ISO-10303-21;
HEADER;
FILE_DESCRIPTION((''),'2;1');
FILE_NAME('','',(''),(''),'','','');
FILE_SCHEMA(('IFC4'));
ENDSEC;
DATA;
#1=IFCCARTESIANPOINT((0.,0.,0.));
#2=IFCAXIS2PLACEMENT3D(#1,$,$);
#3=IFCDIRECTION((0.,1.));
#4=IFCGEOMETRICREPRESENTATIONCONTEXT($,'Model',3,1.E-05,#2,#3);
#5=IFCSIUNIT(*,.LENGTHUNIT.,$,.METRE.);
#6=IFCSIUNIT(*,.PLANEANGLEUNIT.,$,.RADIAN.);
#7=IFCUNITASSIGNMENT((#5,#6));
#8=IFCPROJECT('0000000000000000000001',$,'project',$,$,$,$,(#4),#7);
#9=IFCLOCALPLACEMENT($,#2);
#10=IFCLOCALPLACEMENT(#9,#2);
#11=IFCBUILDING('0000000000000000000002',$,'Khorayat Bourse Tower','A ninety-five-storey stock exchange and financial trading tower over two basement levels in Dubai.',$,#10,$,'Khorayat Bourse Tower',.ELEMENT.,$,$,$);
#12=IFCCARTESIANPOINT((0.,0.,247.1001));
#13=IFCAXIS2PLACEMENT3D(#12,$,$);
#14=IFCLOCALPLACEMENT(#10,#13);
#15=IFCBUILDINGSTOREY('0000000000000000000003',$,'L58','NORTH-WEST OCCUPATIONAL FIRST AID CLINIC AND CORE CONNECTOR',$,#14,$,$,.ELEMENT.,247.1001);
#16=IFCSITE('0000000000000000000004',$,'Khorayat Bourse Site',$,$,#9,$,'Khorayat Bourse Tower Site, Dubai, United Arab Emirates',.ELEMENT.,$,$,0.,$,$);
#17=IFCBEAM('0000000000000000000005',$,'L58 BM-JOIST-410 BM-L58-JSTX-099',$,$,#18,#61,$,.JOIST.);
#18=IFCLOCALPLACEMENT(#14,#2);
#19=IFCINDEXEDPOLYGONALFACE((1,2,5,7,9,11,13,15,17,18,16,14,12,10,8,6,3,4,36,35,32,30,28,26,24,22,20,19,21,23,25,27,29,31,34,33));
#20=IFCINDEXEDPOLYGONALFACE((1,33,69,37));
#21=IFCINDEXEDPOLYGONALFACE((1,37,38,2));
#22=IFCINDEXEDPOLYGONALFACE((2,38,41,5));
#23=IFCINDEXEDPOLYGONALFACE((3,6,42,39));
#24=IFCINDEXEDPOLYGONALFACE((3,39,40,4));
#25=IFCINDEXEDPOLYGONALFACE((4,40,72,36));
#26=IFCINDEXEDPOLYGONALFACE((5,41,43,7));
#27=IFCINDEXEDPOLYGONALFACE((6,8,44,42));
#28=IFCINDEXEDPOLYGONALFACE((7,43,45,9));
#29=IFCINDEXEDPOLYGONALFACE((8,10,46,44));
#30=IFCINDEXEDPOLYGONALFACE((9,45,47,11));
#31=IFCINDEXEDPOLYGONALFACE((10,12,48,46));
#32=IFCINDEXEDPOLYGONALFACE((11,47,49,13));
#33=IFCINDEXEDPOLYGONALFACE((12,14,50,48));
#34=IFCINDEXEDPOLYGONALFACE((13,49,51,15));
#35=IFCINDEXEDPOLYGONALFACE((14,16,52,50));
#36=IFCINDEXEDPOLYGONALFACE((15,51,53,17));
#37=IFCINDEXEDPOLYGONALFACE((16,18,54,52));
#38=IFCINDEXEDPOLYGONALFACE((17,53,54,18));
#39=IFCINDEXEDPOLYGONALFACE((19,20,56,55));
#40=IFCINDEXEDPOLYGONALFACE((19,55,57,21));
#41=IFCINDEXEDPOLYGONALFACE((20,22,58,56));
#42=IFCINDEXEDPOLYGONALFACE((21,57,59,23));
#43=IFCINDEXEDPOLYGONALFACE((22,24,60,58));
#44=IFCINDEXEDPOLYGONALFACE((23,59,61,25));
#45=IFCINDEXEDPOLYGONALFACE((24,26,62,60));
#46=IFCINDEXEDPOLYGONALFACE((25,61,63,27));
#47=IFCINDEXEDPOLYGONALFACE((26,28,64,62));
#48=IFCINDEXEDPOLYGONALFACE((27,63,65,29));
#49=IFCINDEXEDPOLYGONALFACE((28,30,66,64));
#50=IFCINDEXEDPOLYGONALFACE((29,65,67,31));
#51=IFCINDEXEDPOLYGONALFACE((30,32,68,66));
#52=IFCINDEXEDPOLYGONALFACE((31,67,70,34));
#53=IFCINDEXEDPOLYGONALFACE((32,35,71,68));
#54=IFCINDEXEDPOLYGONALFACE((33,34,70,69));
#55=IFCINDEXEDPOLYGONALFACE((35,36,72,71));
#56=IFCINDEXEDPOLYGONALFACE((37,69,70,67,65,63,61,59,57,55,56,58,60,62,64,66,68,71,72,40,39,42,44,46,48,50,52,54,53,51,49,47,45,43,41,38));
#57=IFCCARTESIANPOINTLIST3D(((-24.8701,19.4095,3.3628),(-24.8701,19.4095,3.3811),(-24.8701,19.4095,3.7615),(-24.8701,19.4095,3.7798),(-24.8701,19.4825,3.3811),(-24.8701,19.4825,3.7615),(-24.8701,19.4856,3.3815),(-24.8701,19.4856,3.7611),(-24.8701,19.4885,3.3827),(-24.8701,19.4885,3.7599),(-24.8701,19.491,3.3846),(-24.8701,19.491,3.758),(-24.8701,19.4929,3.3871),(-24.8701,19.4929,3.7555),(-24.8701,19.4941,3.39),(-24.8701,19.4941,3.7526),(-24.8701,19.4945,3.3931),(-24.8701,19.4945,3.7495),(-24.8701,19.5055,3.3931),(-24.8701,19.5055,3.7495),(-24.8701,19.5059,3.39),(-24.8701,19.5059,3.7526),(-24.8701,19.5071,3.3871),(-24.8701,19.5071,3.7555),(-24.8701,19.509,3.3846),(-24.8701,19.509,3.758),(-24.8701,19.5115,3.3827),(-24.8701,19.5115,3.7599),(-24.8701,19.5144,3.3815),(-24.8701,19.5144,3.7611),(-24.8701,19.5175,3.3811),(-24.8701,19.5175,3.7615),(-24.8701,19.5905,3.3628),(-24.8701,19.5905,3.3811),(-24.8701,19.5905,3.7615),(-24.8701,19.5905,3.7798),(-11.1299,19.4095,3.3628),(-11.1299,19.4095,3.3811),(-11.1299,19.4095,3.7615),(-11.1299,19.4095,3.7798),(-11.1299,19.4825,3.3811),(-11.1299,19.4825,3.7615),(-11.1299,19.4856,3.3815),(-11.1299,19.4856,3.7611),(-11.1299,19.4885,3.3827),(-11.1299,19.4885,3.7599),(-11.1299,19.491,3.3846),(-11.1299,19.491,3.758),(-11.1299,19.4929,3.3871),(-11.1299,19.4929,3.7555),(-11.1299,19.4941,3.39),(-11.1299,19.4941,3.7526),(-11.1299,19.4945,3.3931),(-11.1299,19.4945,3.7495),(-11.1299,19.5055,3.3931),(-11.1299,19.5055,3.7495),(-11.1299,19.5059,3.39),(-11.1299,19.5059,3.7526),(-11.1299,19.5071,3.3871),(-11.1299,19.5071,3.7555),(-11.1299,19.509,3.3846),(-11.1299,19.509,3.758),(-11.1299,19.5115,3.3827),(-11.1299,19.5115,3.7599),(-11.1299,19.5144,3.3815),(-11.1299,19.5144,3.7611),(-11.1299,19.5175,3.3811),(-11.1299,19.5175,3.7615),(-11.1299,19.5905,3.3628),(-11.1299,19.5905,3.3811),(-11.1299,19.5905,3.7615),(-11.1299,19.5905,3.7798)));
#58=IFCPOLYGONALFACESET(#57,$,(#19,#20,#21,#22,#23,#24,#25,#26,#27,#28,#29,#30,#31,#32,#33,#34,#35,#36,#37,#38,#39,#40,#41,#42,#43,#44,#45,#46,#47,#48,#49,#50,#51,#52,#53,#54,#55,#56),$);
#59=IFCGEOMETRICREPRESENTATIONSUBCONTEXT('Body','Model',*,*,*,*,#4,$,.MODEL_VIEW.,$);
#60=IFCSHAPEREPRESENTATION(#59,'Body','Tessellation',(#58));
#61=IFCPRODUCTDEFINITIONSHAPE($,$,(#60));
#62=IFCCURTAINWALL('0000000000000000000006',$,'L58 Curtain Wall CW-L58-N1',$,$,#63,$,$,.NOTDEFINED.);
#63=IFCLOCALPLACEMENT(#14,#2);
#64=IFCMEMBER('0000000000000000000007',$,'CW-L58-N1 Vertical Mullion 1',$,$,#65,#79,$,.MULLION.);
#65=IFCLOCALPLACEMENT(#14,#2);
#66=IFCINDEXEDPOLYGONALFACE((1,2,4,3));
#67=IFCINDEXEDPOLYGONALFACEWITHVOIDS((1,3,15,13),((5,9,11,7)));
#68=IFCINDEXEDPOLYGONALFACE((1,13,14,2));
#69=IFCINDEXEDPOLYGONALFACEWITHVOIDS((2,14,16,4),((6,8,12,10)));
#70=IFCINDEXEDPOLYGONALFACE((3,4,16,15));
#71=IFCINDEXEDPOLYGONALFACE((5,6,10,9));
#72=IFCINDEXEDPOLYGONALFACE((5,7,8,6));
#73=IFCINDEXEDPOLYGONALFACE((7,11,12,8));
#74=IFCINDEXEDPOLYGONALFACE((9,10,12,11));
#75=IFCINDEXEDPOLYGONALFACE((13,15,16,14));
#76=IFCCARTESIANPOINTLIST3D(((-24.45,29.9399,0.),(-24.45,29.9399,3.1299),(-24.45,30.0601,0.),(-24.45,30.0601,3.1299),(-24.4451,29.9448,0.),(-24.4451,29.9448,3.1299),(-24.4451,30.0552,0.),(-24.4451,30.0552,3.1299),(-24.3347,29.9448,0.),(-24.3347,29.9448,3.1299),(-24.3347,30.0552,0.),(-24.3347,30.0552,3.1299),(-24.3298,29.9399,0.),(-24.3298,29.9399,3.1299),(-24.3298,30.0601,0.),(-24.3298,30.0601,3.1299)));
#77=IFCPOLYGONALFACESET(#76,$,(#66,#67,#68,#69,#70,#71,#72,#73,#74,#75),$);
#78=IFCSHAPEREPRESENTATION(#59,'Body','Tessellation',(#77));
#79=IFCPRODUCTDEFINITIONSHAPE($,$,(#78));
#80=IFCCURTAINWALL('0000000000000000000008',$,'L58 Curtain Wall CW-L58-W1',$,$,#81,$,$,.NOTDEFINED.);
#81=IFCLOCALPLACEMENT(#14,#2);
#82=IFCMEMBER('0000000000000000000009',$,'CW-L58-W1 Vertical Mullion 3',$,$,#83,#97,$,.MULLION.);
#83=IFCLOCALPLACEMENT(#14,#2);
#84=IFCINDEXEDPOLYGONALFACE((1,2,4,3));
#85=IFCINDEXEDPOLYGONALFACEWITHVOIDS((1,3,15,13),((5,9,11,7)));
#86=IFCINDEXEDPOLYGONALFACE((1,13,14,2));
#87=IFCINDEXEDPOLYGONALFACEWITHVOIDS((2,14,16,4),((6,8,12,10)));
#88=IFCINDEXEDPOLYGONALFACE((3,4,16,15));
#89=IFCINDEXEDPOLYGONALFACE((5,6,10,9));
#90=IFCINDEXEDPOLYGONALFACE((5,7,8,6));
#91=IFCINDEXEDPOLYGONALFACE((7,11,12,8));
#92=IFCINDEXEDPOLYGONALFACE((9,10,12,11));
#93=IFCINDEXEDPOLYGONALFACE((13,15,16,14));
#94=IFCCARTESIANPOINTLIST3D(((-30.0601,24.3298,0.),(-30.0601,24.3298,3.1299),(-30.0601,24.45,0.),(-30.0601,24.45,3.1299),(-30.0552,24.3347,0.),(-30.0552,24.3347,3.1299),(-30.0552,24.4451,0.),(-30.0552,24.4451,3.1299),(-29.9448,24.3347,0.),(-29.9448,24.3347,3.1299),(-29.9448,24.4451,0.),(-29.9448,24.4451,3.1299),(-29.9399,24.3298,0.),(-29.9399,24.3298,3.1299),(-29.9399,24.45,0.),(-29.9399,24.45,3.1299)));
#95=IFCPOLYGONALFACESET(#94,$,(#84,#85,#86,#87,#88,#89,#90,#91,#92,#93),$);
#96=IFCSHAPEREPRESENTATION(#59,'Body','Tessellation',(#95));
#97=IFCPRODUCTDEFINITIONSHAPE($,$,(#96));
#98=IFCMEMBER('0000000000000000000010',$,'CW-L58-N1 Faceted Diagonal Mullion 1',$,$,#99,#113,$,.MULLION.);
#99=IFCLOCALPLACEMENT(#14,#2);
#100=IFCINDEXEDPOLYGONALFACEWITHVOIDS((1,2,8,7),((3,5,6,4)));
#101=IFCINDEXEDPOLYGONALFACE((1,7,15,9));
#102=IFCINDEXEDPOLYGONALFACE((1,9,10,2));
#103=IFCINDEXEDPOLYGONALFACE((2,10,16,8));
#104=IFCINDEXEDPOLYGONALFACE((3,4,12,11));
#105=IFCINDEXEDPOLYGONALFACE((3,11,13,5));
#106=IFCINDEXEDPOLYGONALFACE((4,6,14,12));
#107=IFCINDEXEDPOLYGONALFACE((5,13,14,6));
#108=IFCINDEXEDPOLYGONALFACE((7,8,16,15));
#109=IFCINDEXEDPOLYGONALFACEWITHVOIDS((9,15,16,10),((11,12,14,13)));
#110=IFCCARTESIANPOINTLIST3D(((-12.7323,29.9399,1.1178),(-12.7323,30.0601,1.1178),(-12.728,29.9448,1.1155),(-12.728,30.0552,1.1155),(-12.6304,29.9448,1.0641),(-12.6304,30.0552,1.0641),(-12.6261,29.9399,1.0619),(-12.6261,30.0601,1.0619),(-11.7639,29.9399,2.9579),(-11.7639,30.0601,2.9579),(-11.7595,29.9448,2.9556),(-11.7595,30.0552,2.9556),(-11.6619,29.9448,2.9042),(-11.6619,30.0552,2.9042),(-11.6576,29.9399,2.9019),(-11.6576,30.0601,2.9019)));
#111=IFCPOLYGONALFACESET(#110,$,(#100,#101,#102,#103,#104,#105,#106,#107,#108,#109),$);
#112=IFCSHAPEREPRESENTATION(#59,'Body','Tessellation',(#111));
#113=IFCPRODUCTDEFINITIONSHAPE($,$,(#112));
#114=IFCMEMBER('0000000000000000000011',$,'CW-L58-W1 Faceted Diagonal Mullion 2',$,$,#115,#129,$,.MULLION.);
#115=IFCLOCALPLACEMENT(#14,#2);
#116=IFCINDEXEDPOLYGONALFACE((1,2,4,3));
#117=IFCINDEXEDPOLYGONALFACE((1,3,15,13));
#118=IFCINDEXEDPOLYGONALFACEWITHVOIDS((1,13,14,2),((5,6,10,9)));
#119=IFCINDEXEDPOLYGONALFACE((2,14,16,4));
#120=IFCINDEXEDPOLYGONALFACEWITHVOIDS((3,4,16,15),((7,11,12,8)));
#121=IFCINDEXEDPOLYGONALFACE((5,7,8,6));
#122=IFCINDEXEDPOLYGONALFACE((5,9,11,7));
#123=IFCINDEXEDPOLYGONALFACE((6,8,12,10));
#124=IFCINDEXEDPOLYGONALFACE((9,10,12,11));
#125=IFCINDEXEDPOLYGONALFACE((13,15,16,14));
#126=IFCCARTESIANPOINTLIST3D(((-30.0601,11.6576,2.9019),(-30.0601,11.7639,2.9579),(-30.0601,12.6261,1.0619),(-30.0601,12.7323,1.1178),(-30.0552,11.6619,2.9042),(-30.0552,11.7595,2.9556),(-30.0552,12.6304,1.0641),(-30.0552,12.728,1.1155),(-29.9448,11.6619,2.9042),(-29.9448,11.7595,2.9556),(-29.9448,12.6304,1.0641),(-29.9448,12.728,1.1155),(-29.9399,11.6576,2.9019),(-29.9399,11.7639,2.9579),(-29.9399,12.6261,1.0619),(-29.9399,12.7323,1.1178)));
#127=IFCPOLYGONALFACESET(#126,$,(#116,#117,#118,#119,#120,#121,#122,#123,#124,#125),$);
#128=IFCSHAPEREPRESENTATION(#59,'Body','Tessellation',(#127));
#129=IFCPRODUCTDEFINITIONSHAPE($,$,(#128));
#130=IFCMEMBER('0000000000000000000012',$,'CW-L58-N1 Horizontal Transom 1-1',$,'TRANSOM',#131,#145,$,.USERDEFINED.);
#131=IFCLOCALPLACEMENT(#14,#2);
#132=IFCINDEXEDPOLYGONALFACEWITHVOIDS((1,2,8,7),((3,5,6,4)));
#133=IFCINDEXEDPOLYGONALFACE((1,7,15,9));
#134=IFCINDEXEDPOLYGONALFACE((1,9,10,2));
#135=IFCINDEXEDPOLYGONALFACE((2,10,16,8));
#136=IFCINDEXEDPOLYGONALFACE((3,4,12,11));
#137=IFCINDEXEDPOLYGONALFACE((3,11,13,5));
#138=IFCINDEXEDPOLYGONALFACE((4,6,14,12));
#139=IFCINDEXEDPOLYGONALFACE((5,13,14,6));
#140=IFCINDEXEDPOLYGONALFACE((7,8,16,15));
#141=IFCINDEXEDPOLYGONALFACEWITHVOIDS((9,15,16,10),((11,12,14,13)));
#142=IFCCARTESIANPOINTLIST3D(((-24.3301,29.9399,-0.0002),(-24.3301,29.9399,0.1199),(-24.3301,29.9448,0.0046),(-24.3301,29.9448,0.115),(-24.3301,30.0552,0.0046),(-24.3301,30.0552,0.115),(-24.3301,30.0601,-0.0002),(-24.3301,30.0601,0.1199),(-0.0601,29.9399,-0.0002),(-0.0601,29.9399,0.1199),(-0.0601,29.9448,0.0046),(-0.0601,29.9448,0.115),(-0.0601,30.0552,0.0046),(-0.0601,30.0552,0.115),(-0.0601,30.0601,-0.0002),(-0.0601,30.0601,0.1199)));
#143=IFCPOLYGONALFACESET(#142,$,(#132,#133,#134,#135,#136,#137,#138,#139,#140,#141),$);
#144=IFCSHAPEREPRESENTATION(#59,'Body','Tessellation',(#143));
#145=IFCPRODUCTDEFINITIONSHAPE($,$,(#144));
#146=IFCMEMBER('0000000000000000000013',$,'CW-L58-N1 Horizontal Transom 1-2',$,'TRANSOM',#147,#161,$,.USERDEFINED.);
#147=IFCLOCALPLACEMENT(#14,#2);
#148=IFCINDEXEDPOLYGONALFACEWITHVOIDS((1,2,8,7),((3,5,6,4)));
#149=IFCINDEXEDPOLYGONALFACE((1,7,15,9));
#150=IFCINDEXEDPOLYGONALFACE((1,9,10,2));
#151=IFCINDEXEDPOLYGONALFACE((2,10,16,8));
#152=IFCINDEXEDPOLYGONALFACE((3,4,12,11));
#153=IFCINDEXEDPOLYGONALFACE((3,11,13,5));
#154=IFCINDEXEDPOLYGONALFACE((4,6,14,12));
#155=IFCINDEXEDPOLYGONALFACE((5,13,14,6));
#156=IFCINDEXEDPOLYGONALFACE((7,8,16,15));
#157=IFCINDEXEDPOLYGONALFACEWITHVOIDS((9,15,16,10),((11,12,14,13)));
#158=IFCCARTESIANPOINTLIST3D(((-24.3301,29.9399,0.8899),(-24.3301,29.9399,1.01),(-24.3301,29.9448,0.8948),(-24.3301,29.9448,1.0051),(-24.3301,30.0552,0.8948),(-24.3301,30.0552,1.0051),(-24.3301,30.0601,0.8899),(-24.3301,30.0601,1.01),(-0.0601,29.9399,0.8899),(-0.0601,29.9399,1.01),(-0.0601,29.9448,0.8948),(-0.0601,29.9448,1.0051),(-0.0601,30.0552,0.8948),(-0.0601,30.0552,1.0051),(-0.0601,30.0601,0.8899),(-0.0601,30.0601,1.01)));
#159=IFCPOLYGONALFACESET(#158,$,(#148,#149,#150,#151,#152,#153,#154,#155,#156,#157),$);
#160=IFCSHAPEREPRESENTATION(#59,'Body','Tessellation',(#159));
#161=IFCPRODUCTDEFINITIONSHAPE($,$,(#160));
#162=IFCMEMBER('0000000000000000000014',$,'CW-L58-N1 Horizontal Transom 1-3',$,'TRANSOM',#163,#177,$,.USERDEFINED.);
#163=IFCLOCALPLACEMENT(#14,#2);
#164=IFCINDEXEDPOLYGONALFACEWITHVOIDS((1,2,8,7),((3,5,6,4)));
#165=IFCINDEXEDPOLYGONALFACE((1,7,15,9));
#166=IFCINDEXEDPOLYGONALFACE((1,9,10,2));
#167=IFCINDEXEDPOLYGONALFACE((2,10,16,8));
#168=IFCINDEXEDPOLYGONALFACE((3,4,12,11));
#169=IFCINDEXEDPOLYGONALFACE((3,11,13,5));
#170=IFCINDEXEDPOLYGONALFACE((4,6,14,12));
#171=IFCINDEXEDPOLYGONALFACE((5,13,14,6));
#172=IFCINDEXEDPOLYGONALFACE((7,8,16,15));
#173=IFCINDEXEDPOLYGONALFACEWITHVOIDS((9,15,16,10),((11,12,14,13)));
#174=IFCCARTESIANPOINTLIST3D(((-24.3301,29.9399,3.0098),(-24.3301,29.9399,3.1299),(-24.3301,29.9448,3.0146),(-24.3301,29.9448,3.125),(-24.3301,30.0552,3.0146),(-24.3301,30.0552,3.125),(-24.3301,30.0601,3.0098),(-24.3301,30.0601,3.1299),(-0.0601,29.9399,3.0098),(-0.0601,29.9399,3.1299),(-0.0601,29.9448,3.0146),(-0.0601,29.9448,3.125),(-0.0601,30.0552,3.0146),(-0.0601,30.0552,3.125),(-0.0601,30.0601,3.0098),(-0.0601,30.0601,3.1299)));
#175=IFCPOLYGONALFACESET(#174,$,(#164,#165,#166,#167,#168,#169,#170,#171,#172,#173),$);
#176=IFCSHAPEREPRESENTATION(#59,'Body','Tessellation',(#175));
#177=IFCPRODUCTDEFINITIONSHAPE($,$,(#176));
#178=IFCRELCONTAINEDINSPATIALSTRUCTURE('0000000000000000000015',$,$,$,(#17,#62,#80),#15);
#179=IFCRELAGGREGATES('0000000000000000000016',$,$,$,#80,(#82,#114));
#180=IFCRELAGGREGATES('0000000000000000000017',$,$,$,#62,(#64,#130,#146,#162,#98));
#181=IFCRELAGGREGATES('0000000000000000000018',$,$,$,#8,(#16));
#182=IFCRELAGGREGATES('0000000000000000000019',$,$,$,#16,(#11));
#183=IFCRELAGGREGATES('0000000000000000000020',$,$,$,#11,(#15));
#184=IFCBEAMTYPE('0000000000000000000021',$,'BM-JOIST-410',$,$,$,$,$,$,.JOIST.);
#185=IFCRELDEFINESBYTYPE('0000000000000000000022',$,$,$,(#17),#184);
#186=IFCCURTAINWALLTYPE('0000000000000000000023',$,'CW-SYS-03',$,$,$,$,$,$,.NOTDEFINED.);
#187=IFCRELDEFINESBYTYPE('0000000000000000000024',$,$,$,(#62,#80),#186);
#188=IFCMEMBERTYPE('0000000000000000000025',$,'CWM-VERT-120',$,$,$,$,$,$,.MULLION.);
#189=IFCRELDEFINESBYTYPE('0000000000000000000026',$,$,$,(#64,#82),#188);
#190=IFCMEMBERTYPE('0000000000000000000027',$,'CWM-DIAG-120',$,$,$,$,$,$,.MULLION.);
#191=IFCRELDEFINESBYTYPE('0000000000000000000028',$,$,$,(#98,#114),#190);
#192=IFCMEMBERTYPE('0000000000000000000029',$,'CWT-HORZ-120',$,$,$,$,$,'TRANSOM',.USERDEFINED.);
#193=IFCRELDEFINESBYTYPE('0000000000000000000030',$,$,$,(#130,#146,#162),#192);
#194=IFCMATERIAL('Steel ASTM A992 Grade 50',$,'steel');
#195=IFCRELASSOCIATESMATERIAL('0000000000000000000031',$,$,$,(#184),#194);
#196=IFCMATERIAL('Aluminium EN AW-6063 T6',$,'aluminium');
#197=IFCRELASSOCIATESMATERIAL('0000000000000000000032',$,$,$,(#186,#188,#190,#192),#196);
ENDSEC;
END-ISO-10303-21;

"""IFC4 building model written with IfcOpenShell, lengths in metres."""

from ifc_helpers import new_model, si_unit, direction, frame, origin, origin_2d, place, context, subcontext, project, spatial, hollow_rectangle, i_section, extrude, source, transform, mapped, material, material_profile, profile_set, type_object, element, aggregate, save


model = new_model("IFC4")

# Units and contexts
model_context = context("Model", 3, precision=1e-05, world=origin(), true_north=direction((0.0, 1.0)))
body_context = subcontext(model_context, "Body", "Model", "MODEL_VIEW")
ifc_project = project(units=[si_unit("LENGTHUNIT", "METRE"), si_unit("PLANEANGLEUNIT", "RADIAN")], contexts=[model_context])

# Site, building, storey
site_placement = place(None, origin())
site = spatial("IfcSite", under=ifc_project, at=site_placement, Name="Khorayat Bourse Site", LongName="Khorayat Bourse Tower Site, Dubai, United Arab Emirates", CompositionType="ELEMENT", RefElevation=0.0)
building_placement = place(site_placement, origin())
building = spatial("IfcBuilding", under=site, at=building_placement, Name="Khorayat Bourse Tower", Description="A ninety-five-storey stock exchange and financial trading tower over two basement levels in Dubai.", LongName="Khorayat Bourse Tower", CompositionType="ELEMENT")
storey_placement = place(building_placement, frame((0.0, 0.0, 247.1001)))
storey = spatial("IfcBuildingStorey", under=building, at=storey_placement, Name="L58", Description="NORTH-WEST OCCUPATIONAL FIRST AID CLINIC AND CORE CONNECTOR", CompositionType="ELEMENT", Elevation=247.1001)

# Beam
ifc_material_1 = material(Name="Steel ASTM A992 Grade 50", Category="steel")
ifc_material_profile_1 = material_profile(ifc_material_1, i_section(OverallWidth=0.1809, OverallDepth=0.417, WebThickness=0.011, FlangeThickness=0.0183, FilletRadius=0.012, at=origin_2d()), Name="W410X85")
ifc_profile_set_1 = profile_set([ifc_material_profile_1], Name="Steel ASTM A992 Grade 50")
beam_type_1 = type_object("IfcBeamType", Name="BM-JOIST-410", PredefinedType="JOIST", material=ifc_profile_set_1)
shared_shape_1 = source(origin(), body_context, "Body", "SweptSolid", [
    extrude(i_section(OverallWidth=0.1809, OverallDepth=0.417, WebThickness=0.011, FlangeThickness=0.0183, FilletRadius=0.012, at=origin_2d()), origin(), (0.0, 0.0, 1.0), 13.7402),
])
beam_1_placement = place(storey_placement, frame((-24.8701, 19.5, 3.5713), z_axis=(1.0, 0.0, 0.0), x_axis=(0.0, 1.0, 0.0)))
element("IfcBeam", 1, at=beam_1_placement, inside=storey, type_object=beam_type_1, Name="L58 BM-JOIST-410 BM-L58-JSTX-099", PredefinedType="JOIST", context=body_context, shape_type="MappedRepresentation", body=[
    mapped(shared_shape_1, transform((0.0, 0.0, 0.0), scale=1.0)),
])

# Curtain walls, members
ifc_material_2 = material(Name="Aluminium EN AW-6063 T6", Category="aluminium")
curtain_wall_type = type_object("IfcCurtainWallType", Name="CW-SYS-03", PredefinedType="NOTDEFINED", material=ifc_material_2)
curtain_wall_1_placement = place(storey_placement, origin())
curtain_wall_1 = element("IfcCurtainWall", 2, at=curtain_wall_1_placement, inside=storey, type_object=curtain_wall_type, Name="L58 Curtain Wall CW-L58-N1", PredefinedType="NOTDEFINED")
ifc_material_profile_2 = material_profile(ifc_material_2, hollow_rectangle(XDim=0.1201, YDim=0.1201, WallThickness=0.0049, at=origin_2d()), Name="ALU 120x120x5")
ifc_profile_set_2 = profile_set([ifc_material_profile_2], Name="Aluminium EN AW-6063 T6")
member_type_1 = type_object("IfcMemberType", Name="CWM-VERT-120", PredefinedType="MULLION", material=ifc_profile_set_2)
shared_shape_2 = source(origin(), body_context, "Body", "SweptSolid", [
    extrude(hollow_rectangle(XDim=0.1201, YDim=0.1201, WallThickness=0.0049, at=origin_2d()), origin(), (0.0, 0.0, 1.0), 3.1299),
])
member_1_placement = place(storey_placement, frame((-24.3899, 30.0, 0.0), z_axis=(0.0, 0.0, 1.0), x_axis=(0.0, 1.0, 0.0)))
member_1 = element("IfcMember", 3, at=member_1_placement, type_object=member_type_1, Name="CW-L58-N1 Vertical Mullion 1", PredefinedType="MULLION", context=body_context, shape_type="MappedRepresentation", body=[
    mapped(shared_shape_2, transform((0.0, 0.0, 0.0), scale=1.0)),
])
curtain_wall_2_placement = place(storey_placement, origin())
curtain_wall_2 = element("IfcCurtainWall", 4, at=curtain_wall_2_placement, inside=storey, type_object=curtain_wall_type, Name="L58 Curtain Wall CW-L58-W1", PredefinedType="NOTDEFINED")
member_2_placement = place(storey_placement, frame((-30.0, 24.3899, 0.0), z_axis=(0.0, 0.0, 1.0), x_axis=(-1.0, 0.0, 0.0)))
member_2 = element("IfcMember", 5, at=member_2_placement, type_object=member_type_1, Name="CW-L58-W1 Vertical Mullion 3", PredefinedType="MULLION", context=body_context, shape_type="MappedRepresentation", body=[
    mapped(shared_shape_2, transform((0.0, 0.0, 0.0), scale=1.0)),
])

# Members
ifc_material_profile_3 = material_profile(ifc_material_2, hollow_rectangle(XDim=0.1201, YDim=0.1201, WallThickness=0.0049, at=origin_2d()), Name="ALU 120x120x5")
ifc_profile_set_3 = profile_set([ifc_material_profile_3], Name="Aluminium EN AW-6063 T6")
member_type_2 = type_object("IfcMemberType", Name="CWM-DIAG-120", PredefinedType="MULLION", material=ifc_profile_set_3)
shared_shape_3 = source(origin(), body_context, "Body", "SweptSolid", [
    extrude(hollow_rectangle(XDim=0.1201, YDim=0.1201, WallThickness=0.0049, at=origin_2d()), origin(), (0.0, 0.0, 1.0), 2.0793),
])
member_3_placement = place(storey_placement, frame((-12.6792, 30.0, 1.0898), z_axis=(0.465761, 0.0, 0.884911), x_axis=(0.0, 1.0, 0.0)))
member_3 = element("IfcMember", 6, at=member_3_placement, type_object=member_type_2, Name="CW-L58-N1 Faceted Diagonal Mullion 1", PredefinedType="MULLION", context=body_context, shape_type="MappedRepresentation", body=[
    mapped(shared_shape_3, transform((0.0, 0.0, 0.0), scale=1.0)),
])
member_4_placement = place(storey_placement, frame((-30.0, 12.6792, 1.0898), z_axis=(0.0, -0.465761, 0.884911), x_axis=(1.0, 0.0, 0.0)))
member_4 = element("IfcMember", 7, at=member_4_placement, type_object=member_type_2, Name="CW-L58-W1 Faceted Diagonal Mullion 2", PredefinedType="MULLION", context=body_context, shape_type="MappedRepresentation", body=[
    mapped(shared_shape_3, transform((0.0, 0.0, 0.0), scale=1.0)),
])
aggregate(curtain_wall_2, [member_2, member_4])
ifc_material_profile_4 = material_profile(ifc_material_2, hollow_rectangle(XDim=0.1201, YDim=0.1201, WallThickness=0.0049, at=origin_2d()), Name="ALU 120x120x5")
ifc_profile_set_4 = profile_set([ifc_material_profile_4], Name="Aluminium EN AW-6063 T6")
member_type_3 = type_object("IfcMemberType", Name="CWT-HORZ-120", ElementType="TRANSOM", PredefinedType="USERDEFINED", material=ifc_profile_set_4)
shared_shape_4 = source(origin(), body_context, "Body", "SweptSolid", [
    extrude(hollow_rectangle(XDim=0.1201, YDim=0.1201, WallThickness=0.0049, at=origin_2d()), origin(), (0.0, 0.0, 1.0), 24.27),
])
member_5_placement = place(storey_placement, frame((-24.3301, 30.0, 0.0598), z_axis=(1.0, 0.0, 0.0), x_axis=(0.0, 1.0, 0.0)))
member_5 = element("IfcMember", 8, at=member_5_placement, type_object=member_type_3, Name="CW-L58-N1 Horizontal Transom 1-1", ObjectType="TRANSOM", PredefinedType="USERDEFINED", context=body_context, shape_type="MappedRepresentation", body=[
    mapped(shared_shape_4, transform((0.0, 0.0, 0.0), scale=1.0)),
])
member_6_placement = place(storey_placement, frame((-24.3301, 30.0, 0.95), z_axis=(1.0, 0.0, 0.0), x_axis=(0.0, 1.0, 0.0)))
member_6 = element("IfcMember", 9, at=member_6_placement, type_object=member_type_3, Name="CW-L58-N1 Horizontal Transom 1-2", ObjectType="TRANSOM", PredefinedType="USERDEFINED", context=body_context, shape_type="MappedRepresentation", body=[
    mapped(shared_shape_4, transform((0.0, 0.0, 0.0), scale=1.0)),
])
member_7_placement = place(storey_placement, frame((-24.3301, 30.0, 3.0698), z_axis=(1.0, 0.0, 0.0), x_axis=(0.0, 1.0, 0.0)))
member_7 = element("IfcMember", 10, at=member_7_placement, type_object=member_type_3, Name="CW-L58-N1 Horizontal Transom 1-3", ObjectType="TRANSOM", PredefinedType="USERDEFINED", context=body_context, shape_type="MappedRepresentation", body=[
    mapped(shared_shape_4, transform((0.0, 0.0, 0.0), scale=1.0)),
])

aggregate(curtain_wall_1, [member_1, member_5, member_6, member_7, member_3])

save(model, "model.ifc")
